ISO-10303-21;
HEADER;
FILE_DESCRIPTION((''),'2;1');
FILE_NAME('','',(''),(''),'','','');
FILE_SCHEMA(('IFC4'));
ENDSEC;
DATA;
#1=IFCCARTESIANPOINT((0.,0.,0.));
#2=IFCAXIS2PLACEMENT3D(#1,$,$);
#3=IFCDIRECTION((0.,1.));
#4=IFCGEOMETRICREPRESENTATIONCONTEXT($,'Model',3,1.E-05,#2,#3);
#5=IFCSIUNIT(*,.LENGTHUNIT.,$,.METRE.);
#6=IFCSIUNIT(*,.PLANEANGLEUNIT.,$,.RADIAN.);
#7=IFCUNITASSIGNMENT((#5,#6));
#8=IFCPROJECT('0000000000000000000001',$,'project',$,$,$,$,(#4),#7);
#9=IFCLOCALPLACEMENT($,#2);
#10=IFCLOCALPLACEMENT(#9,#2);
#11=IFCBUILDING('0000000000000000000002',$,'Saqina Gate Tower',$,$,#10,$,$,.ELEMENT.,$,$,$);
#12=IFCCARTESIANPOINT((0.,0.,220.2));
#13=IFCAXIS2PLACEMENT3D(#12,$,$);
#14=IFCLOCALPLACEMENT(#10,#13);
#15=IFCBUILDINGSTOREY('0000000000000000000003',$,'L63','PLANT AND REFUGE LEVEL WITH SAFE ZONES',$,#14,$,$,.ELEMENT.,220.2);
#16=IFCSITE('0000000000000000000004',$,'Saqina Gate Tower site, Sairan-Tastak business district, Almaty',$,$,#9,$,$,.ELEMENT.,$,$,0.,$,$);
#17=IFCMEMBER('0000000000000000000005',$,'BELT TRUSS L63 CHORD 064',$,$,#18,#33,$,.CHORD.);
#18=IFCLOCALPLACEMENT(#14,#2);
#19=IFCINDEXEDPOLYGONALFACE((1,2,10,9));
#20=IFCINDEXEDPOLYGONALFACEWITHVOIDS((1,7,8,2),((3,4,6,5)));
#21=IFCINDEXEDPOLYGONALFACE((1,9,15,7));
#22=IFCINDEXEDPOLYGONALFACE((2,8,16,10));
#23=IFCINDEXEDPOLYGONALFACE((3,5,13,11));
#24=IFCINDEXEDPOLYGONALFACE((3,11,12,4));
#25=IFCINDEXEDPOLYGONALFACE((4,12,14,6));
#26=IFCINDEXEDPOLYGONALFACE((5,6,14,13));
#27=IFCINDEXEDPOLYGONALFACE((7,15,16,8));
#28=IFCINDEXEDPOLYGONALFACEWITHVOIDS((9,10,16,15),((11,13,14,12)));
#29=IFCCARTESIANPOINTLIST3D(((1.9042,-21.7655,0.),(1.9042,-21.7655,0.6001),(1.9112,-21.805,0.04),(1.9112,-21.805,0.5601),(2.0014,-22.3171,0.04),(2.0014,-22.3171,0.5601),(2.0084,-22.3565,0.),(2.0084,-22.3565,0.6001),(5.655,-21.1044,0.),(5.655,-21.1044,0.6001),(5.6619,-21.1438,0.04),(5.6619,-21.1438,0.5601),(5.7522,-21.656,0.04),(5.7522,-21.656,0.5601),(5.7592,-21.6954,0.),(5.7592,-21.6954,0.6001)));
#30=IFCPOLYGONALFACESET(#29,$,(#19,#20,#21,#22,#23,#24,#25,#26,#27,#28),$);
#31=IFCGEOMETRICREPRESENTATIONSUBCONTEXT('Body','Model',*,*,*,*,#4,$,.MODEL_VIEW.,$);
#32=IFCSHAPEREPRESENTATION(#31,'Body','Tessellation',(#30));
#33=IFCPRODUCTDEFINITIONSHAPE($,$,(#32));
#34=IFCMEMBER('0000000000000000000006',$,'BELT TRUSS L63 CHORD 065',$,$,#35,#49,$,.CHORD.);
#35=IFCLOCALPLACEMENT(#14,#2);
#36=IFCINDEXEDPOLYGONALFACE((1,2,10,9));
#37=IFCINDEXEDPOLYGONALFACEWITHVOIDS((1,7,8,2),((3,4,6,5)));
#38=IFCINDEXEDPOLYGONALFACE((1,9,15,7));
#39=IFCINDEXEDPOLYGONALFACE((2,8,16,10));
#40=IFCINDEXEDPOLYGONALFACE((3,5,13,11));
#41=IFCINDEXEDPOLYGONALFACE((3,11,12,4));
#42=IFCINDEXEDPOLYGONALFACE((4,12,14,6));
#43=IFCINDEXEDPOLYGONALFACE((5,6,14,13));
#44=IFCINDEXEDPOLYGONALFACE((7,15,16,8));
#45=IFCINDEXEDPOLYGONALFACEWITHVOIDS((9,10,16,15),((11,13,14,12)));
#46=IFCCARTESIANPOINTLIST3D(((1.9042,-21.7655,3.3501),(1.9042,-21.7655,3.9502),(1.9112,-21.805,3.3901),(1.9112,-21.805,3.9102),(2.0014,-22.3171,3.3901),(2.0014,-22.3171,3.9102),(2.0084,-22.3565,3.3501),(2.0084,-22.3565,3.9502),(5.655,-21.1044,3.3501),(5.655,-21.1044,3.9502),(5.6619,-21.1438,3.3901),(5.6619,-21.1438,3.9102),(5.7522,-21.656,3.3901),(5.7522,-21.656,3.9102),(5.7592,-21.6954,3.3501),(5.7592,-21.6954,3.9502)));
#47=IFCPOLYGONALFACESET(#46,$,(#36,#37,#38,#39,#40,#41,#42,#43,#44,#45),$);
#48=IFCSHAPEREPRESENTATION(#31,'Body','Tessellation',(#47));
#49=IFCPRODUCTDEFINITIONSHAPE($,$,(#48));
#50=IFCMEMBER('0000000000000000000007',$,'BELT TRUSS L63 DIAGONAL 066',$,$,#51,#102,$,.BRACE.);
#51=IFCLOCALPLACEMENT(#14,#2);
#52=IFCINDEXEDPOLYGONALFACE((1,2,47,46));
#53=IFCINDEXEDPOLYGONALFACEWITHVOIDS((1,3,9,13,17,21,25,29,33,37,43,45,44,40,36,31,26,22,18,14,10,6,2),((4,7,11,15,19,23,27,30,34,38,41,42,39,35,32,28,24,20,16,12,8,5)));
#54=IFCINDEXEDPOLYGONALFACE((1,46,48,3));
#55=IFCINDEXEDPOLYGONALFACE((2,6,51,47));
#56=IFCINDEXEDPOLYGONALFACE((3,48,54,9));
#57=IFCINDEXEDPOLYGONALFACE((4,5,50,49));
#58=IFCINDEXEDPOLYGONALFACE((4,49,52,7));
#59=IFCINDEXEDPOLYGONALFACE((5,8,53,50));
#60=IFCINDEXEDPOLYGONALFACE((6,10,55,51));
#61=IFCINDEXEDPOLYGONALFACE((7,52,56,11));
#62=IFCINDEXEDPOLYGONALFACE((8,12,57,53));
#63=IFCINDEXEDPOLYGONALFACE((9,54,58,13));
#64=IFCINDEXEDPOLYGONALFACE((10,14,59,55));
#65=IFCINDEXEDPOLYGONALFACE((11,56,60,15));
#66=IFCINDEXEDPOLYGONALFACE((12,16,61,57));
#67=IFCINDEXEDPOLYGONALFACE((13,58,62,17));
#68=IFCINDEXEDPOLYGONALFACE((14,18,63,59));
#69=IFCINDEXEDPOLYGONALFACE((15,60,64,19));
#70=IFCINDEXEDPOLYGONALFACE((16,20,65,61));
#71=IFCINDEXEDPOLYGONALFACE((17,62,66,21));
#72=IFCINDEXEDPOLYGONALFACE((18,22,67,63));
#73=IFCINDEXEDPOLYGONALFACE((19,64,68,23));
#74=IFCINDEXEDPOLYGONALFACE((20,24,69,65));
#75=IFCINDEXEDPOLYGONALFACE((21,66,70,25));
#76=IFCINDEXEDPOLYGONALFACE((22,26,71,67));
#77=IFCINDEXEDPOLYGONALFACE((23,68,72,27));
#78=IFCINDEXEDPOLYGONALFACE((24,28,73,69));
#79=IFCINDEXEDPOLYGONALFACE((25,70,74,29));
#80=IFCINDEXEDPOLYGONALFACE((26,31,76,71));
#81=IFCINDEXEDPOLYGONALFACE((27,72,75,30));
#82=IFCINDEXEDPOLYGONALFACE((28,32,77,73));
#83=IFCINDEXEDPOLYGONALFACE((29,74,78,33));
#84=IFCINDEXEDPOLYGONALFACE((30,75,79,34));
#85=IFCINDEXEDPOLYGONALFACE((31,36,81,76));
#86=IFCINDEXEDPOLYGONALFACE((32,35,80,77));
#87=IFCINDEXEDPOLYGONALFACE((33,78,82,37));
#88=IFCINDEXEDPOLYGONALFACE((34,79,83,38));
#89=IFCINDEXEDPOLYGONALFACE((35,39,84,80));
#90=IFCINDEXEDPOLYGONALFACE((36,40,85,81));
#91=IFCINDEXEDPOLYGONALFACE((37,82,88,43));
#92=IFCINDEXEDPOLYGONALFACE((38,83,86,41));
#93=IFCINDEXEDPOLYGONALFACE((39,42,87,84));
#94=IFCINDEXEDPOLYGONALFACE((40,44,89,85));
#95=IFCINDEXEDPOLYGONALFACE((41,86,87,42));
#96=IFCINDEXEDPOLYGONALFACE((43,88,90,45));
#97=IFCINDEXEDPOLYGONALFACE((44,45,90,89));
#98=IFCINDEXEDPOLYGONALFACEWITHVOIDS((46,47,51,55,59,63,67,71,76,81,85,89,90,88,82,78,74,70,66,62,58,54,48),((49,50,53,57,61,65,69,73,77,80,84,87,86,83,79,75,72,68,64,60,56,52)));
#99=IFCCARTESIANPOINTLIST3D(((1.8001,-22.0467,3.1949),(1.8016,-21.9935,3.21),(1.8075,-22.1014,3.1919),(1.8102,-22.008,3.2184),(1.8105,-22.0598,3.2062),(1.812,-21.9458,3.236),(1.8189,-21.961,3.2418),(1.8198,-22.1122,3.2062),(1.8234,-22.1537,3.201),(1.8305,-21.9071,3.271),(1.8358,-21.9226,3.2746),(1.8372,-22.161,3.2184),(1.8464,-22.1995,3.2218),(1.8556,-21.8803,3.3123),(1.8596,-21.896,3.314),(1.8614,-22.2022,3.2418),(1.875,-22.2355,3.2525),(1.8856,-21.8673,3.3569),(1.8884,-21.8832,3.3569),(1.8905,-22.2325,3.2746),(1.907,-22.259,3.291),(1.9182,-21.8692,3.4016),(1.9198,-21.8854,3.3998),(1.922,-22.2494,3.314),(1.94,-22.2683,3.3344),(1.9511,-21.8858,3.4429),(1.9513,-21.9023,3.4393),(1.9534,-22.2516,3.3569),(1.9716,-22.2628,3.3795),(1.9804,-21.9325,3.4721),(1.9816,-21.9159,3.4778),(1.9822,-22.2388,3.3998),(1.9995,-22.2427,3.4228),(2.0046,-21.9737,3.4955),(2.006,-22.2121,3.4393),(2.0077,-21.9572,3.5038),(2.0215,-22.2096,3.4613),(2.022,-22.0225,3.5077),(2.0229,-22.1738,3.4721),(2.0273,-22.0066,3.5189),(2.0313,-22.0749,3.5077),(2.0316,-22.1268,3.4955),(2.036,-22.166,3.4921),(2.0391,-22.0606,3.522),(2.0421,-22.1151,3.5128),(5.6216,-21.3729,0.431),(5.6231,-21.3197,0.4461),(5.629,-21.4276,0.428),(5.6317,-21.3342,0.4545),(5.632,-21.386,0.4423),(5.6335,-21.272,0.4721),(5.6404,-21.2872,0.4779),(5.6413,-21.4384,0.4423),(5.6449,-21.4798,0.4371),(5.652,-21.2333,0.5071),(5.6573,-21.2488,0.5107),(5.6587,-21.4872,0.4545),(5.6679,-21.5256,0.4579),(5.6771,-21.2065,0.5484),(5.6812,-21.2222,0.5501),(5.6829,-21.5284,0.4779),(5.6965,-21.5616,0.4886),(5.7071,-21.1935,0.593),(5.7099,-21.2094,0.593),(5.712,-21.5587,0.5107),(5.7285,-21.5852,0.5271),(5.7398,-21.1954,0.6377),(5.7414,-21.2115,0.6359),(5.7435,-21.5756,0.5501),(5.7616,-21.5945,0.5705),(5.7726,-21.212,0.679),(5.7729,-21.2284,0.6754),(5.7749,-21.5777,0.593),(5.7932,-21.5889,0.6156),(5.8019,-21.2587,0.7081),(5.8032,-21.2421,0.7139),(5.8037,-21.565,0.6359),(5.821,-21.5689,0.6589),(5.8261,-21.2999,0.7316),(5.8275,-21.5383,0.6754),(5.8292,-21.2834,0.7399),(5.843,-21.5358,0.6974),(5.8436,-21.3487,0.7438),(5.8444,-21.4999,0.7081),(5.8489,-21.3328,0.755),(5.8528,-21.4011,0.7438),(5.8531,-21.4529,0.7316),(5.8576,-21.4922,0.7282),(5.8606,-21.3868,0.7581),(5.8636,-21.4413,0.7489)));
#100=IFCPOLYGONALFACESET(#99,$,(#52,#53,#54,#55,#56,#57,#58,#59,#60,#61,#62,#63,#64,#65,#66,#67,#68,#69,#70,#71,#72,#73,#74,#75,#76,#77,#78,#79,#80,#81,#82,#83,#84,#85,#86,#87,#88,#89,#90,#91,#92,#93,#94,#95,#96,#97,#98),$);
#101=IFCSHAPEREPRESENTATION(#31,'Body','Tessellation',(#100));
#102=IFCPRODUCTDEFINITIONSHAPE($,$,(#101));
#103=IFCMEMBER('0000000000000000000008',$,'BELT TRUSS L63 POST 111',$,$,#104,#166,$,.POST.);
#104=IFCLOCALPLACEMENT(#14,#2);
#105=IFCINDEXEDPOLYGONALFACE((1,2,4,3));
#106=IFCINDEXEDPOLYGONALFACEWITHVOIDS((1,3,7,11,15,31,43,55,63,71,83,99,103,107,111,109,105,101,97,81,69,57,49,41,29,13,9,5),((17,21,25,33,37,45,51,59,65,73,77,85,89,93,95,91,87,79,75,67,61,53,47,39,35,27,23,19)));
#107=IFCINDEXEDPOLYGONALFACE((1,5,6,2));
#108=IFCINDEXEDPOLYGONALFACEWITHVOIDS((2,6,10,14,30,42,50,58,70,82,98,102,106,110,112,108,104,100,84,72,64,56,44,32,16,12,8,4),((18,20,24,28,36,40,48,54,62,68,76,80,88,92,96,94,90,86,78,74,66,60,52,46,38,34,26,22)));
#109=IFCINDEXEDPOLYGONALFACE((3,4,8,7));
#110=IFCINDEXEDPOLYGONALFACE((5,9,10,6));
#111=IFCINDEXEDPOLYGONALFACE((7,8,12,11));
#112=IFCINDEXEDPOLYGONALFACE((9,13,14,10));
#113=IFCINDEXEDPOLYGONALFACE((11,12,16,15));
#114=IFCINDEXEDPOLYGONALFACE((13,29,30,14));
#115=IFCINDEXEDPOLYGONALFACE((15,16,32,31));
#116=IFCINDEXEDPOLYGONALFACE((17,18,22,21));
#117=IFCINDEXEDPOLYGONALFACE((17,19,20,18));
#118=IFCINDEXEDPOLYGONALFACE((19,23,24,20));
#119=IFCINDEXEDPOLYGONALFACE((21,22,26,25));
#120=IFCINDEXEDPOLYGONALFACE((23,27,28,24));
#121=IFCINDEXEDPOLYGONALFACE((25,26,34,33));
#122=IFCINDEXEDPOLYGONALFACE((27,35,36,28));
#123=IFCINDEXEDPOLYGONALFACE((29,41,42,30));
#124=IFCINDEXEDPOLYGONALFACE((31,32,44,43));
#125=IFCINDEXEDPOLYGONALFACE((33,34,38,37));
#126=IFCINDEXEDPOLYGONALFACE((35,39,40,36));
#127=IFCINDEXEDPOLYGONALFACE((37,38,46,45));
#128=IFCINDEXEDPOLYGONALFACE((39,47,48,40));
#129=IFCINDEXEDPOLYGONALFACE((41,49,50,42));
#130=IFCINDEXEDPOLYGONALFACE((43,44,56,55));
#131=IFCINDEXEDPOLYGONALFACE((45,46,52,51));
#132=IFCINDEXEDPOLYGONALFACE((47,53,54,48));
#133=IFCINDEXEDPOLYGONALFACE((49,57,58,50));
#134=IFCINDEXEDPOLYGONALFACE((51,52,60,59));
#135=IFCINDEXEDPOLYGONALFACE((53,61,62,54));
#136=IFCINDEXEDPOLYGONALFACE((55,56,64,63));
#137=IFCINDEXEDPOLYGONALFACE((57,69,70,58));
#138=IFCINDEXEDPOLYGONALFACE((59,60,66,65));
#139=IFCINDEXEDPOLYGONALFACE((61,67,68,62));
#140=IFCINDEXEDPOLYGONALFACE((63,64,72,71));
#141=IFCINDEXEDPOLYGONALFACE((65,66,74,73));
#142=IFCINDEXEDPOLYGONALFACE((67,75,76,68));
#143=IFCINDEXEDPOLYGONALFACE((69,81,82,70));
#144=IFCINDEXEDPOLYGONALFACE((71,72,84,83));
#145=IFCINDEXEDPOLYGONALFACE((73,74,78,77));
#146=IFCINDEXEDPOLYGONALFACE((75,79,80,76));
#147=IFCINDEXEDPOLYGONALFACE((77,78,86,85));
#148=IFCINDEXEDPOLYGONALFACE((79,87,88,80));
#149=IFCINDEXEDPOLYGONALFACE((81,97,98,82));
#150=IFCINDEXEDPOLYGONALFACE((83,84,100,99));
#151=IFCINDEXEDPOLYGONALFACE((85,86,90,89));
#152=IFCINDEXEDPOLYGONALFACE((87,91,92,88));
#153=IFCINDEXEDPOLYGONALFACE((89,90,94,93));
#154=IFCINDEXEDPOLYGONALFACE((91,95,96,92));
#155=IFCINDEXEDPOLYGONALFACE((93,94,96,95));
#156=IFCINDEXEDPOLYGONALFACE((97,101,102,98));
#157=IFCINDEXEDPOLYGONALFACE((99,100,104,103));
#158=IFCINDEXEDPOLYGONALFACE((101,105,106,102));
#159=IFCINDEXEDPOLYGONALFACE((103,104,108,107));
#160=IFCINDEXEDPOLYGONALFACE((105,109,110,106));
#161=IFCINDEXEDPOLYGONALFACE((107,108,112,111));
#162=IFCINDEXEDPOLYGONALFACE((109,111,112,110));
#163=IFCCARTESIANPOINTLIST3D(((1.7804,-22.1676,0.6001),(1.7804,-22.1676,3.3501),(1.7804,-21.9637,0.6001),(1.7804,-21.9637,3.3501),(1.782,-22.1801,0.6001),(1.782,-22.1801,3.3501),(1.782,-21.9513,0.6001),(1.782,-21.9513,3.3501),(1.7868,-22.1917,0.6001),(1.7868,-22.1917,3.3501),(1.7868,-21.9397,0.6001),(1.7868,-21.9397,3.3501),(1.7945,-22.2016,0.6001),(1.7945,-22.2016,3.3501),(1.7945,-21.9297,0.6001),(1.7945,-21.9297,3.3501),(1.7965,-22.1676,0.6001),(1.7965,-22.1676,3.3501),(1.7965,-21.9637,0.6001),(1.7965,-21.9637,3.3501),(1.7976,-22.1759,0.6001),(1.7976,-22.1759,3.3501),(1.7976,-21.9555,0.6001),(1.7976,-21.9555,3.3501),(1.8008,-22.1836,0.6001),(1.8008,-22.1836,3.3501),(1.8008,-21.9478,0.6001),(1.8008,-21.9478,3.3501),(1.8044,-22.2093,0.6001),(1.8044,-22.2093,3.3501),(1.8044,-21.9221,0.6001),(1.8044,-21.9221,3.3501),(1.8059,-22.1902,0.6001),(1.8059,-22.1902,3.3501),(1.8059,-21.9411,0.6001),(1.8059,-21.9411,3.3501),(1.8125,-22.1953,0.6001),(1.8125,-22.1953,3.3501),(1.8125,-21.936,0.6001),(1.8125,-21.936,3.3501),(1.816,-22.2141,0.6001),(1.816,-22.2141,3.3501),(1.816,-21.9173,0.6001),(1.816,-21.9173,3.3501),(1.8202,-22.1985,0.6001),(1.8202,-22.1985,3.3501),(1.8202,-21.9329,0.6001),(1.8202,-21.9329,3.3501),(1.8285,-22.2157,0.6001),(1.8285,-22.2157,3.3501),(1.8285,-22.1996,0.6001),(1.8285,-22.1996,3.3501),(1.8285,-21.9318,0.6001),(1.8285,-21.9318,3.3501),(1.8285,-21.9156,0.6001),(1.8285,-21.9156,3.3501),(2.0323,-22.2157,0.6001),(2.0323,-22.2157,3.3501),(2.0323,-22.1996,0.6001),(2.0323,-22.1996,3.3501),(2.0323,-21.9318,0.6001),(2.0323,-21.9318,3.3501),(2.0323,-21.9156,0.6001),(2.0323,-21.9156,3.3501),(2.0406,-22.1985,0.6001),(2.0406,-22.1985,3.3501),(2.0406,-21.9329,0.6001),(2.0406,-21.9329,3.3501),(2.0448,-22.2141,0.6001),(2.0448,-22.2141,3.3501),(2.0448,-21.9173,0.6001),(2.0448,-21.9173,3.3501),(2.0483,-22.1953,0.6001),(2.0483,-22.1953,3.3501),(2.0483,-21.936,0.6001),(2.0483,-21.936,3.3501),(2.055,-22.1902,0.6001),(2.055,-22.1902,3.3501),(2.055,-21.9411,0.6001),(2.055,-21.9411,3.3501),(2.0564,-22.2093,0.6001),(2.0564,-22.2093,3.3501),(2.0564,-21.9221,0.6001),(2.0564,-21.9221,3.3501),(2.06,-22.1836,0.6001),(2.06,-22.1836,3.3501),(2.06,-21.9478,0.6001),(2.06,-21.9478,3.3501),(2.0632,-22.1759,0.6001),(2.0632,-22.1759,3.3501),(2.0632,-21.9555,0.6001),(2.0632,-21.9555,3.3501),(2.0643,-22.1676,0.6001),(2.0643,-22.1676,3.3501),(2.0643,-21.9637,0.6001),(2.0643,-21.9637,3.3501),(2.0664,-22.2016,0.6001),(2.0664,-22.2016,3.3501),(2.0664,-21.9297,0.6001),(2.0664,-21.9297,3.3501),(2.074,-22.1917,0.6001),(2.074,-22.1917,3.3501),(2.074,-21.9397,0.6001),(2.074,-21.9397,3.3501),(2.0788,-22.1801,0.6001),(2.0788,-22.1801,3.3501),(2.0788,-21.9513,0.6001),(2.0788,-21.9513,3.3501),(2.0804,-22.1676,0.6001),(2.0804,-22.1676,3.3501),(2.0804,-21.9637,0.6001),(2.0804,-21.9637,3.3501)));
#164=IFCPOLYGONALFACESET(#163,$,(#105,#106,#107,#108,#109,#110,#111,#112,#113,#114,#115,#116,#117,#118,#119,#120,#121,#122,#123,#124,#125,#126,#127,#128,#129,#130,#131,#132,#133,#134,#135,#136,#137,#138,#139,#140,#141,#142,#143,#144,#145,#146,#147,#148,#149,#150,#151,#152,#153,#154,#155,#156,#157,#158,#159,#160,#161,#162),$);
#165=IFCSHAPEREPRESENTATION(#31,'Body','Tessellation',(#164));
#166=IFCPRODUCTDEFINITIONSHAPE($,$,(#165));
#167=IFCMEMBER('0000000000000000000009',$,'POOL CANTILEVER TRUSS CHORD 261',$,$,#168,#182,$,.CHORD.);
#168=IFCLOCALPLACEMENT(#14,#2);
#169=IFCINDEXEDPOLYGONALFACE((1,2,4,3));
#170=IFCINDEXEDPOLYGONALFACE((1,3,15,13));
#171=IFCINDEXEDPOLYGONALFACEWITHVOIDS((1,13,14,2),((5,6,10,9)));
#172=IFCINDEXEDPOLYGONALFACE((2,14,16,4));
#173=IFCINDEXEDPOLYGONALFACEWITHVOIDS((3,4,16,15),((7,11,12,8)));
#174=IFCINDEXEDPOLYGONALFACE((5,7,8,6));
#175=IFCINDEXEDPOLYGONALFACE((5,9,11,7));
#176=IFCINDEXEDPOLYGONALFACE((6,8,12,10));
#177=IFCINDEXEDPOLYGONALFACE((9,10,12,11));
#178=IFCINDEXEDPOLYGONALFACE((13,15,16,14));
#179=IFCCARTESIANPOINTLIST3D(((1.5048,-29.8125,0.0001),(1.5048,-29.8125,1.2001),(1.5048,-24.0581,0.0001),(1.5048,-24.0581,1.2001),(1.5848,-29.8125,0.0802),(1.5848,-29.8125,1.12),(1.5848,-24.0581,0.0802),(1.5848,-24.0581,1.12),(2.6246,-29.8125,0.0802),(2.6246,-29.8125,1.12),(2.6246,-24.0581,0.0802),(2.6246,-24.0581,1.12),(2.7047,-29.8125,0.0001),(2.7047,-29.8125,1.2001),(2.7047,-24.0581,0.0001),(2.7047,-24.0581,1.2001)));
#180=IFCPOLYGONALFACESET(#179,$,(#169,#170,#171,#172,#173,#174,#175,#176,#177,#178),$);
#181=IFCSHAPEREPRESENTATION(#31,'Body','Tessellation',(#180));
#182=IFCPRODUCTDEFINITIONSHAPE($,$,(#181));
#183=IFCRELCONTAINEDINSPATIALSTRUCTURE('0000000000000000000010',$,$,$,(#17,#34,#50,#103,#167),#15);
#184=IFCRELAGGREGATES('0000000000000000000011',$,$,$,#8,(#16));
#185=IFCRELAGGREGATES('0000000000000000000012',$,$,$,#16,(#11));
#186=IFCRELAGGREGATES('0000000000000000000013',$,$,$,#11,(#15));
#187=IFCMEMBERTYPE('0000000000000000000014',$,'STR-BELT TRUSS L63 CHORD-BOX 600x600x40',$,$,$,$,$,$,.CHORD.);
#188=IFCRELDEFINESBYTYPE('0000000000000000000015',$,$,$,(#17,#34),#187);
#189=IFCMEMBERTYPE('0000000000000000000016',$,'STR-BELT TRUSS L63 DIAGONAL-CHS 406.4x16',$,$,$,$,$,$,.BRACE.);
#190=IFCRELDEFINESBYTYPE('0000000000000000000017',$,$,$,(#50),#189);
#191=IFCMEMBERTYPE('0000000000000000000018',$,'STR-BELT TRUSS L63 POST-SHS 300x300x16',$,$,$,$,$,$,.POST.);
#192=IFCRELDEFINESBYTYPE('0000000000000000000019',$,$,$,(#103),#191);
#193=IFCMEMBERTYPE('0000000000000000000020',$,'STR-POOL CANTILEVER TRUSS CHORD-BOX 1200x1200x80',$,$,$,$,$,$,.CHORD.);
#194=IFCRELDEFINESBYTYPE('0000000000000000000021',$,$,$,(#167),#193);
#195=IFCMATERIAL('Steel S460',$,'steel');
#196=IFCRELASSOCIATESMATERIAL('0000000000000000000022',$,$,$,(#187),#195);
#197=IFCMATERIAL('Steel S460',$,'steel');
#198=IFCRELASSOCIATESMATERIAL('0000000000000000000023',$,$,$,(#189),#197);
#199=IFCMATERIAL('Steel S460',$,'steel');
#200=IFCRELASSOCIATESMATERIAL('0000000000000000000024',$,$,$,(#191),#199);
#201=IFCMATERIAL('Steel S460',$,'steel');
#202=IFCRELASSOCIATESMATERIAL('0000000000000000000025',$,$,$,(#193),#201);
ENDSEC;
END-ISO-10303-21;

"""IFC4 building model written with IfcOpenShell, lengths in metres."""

from ifc_helpers import new_model, si_unit, direction, frame, origin, origin_2d, place, context, subcontext, project, spatial, hollow_rectangle, hollow_circle, extrude, material, material_profile, profile_set, type_object, element, save


model = new_model("IFC4")

# Units and contexts
model_context = context("Model", 3, precision=1e-05, world=origin(), true_north=direction((0.0, 1.0)))
body_context = subcontext(model_context, "Body", "Model", "MODEL_VIEW")
ifc_project = project(units=[si_unit("LENGTHUNIT", "METRE"), si_unit("PLANEANGLEUNIT", "RADIAN")], contexts=[model_context])

# Site, building, storey
site_placement = place(None, origin())
site = spatial("IfcSite", under=ifc_project, at=site_placement, Name="Saqina Gate Tower site, Sairan-Tastak business district, Almaty", CompositionType="ELEMENT", RefElevation=0.0)
building_placement = place(site_placement, origin())
building = spatial("IfcBuilding", under=site, at=building_placement, Name="Saqina Gate Tower", CompositionType="ELEMENT")
storey_placement = place(building_placement, frame((0.0, 0.0, 220.2)))
storey = spatial("IfcBuildingStorey", under=building, at=storey_placement, Name="L63", Description="PLANT AND REFUGE LEVEL WITH SAFE ZONES", CompositionType="ELEMENT", Elevation=220.2)

# Members
ifc_material_1 = material(Name="Steel S460", Category="steel")
ifc_material_profile_1 = material_profile(ifc_material_1, hollow_rectangle(XDim=0.6001, YDim=0.6001, WallThickness=0.04, at=origin_2d()), Name="BOX 600x600x40")
ifc_profile_set_1 = profile_set([ifc_material_profile_1], Name="Steel S460")
member_type_1 = type_object("IfcMemberType", Name="STR-BELT TRUSS L63 CHORD-BOX 600x600x40", PredefinedType="CHORD", material=ifc_profile_set_1)
for number, where, z_axis, x_axis, name in (
    (1, (1.9563, -22.061, 0.3), (0.984818, 0.173592, 0.0), (-0.173592, 0.984818, 0.0), "BELT TRUSS L63 CHORD 064"),
    (2, (1.9563, -22.061, 3.6501), (0.984818, 0.173592, 0.0), (-0.173592, 0.984818, 0.0), "BELT TRUSS L63 CHORD 065"),
):
    element("IfcMember", number, at=place(storey_placement, frame(where, z_axis=z_axis, x_axis=x_axis)), inside=storey, type_object=member_type_1, Name=name, PredefinedType="CHORD", context=body_context, shape_type="SweptSolid", body=[
        extrude(hollow_rectangle(XDim=0.6001, YDim=0.6001, WallThickness=0.04, at=origin_2d()), origin(), (0.0, 0.0, 1.0), 3.8086),
    ])
ifc_material_2 = material(Name="Steel S460", Category="steel")
ifc_material_profile_2 = material_profile(ifc_material_2, hollow_circle(Radius=0.2031, WallThickness=0.0161, at=origin_2d()), Name="CHS 406.4x16")
ifc_profile_set_2 = profile_set([ifc_material_profile_2], Name="Steel S460")
member_type_2 = type_object("IfcMemberType", Name="STR-BELT TRUSS L63 DIAGONAL-CHS 406.4x16", PredefinedType="BRACE", material=ifc_profile_set_2)
member_1_placement = place(storey_placement, frame((1.9209, -22.0674, 3.3569), z_axis=(0.802139, 0.141436, -0.580145), x_axis=(-0.173645, 0.984808, 0.0)))
element("IfcMember", 3, at=member_1_placement, inside=storey, type_object=member_type_2, Name="BELT TRUSS L63 DIAGONAL 066", PredefinedType="BRACE", context=body_context, shape_type="SweptSolid", body=[
    extrude(hollow_circle(Radius=0.2031, WallThickness=0.0161, at=origin_2d()), origin(), (0.0, 0.0, 1.0), 4.7642),
])
ifc_material_3 = material(Name="Steel S460", Category="steel")
ifc_material_profile_3 = material_profile(ifc_material_3, hollow_rectangle(XDim=0.3, YDim=0.3, WallThickness=0.0161, InnerFilletRadius=0.032, OuterFilletRadius=0.0481, at=origin_2d()), Name="SHS 300x300x16")
ifc_profile_set_3 = profile_set([ifc_material_profile_3], Name="Steel S460")
member_type_3 = type_object("IfcMemberType", Name="STR-BELT TRUSS L63 POST-SHS 300x300x16", PredefinedType="POST", material=ifc_profile_set_3)
member_2_placement = place(storey_placement, frame((1.9304, -22.0657, 0.6001), z_axis=(0.0, 0.0, 1.0), x_axis=(1.0, 0.0, 0.0)))
element("IfcMember", 4, at=member_2_placement, inside=storey, type_object=member_type_3, Name="BELT TRUSS L63 POST 111", PredefinedType="POST", context=body_context, shape_type="SweptSolid", body=[
    extrude(hollow_rectangle(XDim=0.3, YDim=0.3, WallThickness=0.0161, InnerFilletRadius=0.032, OuterFilletRadius=0.0481, at=origin_2d()), origin(), (0.0, 0.0, 1.0), 2.75),
])
ifc_material_4 = material(Name="Steel S460", Category="steel")
ifc_material_profile_4 = material_profile(ifc_material_4, hollow_rectangle(XDim=1.2, YDim=1.2, WallThickness=0.0801, at=origin_2d()), Name="BOX 1200x1200x80")
ifc_profile_set_4 = profile_set([ifc_material_profile_4], Name="Steel S460")
member_type_4 = type_object("IfcMemberType", Name="STR-POOL CANTILEVER TRUSS CHORD-BOX 1200x1200x80", PredefinedType="CHORD", material=ifc_profile_set_4)
for number, where, z_axis, x_axis, name in (
    (5, (2.1047, -29.8125, 0.6001), (0.0, 1.0, 0.0), (-1.0, 0.0, 0.0), "POOL CANTILEVER TRUSS CHORD 261"),
):
    element("IfcMember", number, at=place(storey_placement, frame(where, z_axis=z_axis, x_axis=x_axis)), inside=storey, type_object=member_type_4, Name=name, PredefinedType="CHORD", context=body_context, shape_type="SweptSolid", body=[
        extrude(hollow_rectangle(XDim=1.2, YDim=1.2, WallThickness=0.0801, at=origin_2d()), origin(), (0.0, 0.0, 1.0), 5.7544),
    ])

save(model, "model.ifc")
